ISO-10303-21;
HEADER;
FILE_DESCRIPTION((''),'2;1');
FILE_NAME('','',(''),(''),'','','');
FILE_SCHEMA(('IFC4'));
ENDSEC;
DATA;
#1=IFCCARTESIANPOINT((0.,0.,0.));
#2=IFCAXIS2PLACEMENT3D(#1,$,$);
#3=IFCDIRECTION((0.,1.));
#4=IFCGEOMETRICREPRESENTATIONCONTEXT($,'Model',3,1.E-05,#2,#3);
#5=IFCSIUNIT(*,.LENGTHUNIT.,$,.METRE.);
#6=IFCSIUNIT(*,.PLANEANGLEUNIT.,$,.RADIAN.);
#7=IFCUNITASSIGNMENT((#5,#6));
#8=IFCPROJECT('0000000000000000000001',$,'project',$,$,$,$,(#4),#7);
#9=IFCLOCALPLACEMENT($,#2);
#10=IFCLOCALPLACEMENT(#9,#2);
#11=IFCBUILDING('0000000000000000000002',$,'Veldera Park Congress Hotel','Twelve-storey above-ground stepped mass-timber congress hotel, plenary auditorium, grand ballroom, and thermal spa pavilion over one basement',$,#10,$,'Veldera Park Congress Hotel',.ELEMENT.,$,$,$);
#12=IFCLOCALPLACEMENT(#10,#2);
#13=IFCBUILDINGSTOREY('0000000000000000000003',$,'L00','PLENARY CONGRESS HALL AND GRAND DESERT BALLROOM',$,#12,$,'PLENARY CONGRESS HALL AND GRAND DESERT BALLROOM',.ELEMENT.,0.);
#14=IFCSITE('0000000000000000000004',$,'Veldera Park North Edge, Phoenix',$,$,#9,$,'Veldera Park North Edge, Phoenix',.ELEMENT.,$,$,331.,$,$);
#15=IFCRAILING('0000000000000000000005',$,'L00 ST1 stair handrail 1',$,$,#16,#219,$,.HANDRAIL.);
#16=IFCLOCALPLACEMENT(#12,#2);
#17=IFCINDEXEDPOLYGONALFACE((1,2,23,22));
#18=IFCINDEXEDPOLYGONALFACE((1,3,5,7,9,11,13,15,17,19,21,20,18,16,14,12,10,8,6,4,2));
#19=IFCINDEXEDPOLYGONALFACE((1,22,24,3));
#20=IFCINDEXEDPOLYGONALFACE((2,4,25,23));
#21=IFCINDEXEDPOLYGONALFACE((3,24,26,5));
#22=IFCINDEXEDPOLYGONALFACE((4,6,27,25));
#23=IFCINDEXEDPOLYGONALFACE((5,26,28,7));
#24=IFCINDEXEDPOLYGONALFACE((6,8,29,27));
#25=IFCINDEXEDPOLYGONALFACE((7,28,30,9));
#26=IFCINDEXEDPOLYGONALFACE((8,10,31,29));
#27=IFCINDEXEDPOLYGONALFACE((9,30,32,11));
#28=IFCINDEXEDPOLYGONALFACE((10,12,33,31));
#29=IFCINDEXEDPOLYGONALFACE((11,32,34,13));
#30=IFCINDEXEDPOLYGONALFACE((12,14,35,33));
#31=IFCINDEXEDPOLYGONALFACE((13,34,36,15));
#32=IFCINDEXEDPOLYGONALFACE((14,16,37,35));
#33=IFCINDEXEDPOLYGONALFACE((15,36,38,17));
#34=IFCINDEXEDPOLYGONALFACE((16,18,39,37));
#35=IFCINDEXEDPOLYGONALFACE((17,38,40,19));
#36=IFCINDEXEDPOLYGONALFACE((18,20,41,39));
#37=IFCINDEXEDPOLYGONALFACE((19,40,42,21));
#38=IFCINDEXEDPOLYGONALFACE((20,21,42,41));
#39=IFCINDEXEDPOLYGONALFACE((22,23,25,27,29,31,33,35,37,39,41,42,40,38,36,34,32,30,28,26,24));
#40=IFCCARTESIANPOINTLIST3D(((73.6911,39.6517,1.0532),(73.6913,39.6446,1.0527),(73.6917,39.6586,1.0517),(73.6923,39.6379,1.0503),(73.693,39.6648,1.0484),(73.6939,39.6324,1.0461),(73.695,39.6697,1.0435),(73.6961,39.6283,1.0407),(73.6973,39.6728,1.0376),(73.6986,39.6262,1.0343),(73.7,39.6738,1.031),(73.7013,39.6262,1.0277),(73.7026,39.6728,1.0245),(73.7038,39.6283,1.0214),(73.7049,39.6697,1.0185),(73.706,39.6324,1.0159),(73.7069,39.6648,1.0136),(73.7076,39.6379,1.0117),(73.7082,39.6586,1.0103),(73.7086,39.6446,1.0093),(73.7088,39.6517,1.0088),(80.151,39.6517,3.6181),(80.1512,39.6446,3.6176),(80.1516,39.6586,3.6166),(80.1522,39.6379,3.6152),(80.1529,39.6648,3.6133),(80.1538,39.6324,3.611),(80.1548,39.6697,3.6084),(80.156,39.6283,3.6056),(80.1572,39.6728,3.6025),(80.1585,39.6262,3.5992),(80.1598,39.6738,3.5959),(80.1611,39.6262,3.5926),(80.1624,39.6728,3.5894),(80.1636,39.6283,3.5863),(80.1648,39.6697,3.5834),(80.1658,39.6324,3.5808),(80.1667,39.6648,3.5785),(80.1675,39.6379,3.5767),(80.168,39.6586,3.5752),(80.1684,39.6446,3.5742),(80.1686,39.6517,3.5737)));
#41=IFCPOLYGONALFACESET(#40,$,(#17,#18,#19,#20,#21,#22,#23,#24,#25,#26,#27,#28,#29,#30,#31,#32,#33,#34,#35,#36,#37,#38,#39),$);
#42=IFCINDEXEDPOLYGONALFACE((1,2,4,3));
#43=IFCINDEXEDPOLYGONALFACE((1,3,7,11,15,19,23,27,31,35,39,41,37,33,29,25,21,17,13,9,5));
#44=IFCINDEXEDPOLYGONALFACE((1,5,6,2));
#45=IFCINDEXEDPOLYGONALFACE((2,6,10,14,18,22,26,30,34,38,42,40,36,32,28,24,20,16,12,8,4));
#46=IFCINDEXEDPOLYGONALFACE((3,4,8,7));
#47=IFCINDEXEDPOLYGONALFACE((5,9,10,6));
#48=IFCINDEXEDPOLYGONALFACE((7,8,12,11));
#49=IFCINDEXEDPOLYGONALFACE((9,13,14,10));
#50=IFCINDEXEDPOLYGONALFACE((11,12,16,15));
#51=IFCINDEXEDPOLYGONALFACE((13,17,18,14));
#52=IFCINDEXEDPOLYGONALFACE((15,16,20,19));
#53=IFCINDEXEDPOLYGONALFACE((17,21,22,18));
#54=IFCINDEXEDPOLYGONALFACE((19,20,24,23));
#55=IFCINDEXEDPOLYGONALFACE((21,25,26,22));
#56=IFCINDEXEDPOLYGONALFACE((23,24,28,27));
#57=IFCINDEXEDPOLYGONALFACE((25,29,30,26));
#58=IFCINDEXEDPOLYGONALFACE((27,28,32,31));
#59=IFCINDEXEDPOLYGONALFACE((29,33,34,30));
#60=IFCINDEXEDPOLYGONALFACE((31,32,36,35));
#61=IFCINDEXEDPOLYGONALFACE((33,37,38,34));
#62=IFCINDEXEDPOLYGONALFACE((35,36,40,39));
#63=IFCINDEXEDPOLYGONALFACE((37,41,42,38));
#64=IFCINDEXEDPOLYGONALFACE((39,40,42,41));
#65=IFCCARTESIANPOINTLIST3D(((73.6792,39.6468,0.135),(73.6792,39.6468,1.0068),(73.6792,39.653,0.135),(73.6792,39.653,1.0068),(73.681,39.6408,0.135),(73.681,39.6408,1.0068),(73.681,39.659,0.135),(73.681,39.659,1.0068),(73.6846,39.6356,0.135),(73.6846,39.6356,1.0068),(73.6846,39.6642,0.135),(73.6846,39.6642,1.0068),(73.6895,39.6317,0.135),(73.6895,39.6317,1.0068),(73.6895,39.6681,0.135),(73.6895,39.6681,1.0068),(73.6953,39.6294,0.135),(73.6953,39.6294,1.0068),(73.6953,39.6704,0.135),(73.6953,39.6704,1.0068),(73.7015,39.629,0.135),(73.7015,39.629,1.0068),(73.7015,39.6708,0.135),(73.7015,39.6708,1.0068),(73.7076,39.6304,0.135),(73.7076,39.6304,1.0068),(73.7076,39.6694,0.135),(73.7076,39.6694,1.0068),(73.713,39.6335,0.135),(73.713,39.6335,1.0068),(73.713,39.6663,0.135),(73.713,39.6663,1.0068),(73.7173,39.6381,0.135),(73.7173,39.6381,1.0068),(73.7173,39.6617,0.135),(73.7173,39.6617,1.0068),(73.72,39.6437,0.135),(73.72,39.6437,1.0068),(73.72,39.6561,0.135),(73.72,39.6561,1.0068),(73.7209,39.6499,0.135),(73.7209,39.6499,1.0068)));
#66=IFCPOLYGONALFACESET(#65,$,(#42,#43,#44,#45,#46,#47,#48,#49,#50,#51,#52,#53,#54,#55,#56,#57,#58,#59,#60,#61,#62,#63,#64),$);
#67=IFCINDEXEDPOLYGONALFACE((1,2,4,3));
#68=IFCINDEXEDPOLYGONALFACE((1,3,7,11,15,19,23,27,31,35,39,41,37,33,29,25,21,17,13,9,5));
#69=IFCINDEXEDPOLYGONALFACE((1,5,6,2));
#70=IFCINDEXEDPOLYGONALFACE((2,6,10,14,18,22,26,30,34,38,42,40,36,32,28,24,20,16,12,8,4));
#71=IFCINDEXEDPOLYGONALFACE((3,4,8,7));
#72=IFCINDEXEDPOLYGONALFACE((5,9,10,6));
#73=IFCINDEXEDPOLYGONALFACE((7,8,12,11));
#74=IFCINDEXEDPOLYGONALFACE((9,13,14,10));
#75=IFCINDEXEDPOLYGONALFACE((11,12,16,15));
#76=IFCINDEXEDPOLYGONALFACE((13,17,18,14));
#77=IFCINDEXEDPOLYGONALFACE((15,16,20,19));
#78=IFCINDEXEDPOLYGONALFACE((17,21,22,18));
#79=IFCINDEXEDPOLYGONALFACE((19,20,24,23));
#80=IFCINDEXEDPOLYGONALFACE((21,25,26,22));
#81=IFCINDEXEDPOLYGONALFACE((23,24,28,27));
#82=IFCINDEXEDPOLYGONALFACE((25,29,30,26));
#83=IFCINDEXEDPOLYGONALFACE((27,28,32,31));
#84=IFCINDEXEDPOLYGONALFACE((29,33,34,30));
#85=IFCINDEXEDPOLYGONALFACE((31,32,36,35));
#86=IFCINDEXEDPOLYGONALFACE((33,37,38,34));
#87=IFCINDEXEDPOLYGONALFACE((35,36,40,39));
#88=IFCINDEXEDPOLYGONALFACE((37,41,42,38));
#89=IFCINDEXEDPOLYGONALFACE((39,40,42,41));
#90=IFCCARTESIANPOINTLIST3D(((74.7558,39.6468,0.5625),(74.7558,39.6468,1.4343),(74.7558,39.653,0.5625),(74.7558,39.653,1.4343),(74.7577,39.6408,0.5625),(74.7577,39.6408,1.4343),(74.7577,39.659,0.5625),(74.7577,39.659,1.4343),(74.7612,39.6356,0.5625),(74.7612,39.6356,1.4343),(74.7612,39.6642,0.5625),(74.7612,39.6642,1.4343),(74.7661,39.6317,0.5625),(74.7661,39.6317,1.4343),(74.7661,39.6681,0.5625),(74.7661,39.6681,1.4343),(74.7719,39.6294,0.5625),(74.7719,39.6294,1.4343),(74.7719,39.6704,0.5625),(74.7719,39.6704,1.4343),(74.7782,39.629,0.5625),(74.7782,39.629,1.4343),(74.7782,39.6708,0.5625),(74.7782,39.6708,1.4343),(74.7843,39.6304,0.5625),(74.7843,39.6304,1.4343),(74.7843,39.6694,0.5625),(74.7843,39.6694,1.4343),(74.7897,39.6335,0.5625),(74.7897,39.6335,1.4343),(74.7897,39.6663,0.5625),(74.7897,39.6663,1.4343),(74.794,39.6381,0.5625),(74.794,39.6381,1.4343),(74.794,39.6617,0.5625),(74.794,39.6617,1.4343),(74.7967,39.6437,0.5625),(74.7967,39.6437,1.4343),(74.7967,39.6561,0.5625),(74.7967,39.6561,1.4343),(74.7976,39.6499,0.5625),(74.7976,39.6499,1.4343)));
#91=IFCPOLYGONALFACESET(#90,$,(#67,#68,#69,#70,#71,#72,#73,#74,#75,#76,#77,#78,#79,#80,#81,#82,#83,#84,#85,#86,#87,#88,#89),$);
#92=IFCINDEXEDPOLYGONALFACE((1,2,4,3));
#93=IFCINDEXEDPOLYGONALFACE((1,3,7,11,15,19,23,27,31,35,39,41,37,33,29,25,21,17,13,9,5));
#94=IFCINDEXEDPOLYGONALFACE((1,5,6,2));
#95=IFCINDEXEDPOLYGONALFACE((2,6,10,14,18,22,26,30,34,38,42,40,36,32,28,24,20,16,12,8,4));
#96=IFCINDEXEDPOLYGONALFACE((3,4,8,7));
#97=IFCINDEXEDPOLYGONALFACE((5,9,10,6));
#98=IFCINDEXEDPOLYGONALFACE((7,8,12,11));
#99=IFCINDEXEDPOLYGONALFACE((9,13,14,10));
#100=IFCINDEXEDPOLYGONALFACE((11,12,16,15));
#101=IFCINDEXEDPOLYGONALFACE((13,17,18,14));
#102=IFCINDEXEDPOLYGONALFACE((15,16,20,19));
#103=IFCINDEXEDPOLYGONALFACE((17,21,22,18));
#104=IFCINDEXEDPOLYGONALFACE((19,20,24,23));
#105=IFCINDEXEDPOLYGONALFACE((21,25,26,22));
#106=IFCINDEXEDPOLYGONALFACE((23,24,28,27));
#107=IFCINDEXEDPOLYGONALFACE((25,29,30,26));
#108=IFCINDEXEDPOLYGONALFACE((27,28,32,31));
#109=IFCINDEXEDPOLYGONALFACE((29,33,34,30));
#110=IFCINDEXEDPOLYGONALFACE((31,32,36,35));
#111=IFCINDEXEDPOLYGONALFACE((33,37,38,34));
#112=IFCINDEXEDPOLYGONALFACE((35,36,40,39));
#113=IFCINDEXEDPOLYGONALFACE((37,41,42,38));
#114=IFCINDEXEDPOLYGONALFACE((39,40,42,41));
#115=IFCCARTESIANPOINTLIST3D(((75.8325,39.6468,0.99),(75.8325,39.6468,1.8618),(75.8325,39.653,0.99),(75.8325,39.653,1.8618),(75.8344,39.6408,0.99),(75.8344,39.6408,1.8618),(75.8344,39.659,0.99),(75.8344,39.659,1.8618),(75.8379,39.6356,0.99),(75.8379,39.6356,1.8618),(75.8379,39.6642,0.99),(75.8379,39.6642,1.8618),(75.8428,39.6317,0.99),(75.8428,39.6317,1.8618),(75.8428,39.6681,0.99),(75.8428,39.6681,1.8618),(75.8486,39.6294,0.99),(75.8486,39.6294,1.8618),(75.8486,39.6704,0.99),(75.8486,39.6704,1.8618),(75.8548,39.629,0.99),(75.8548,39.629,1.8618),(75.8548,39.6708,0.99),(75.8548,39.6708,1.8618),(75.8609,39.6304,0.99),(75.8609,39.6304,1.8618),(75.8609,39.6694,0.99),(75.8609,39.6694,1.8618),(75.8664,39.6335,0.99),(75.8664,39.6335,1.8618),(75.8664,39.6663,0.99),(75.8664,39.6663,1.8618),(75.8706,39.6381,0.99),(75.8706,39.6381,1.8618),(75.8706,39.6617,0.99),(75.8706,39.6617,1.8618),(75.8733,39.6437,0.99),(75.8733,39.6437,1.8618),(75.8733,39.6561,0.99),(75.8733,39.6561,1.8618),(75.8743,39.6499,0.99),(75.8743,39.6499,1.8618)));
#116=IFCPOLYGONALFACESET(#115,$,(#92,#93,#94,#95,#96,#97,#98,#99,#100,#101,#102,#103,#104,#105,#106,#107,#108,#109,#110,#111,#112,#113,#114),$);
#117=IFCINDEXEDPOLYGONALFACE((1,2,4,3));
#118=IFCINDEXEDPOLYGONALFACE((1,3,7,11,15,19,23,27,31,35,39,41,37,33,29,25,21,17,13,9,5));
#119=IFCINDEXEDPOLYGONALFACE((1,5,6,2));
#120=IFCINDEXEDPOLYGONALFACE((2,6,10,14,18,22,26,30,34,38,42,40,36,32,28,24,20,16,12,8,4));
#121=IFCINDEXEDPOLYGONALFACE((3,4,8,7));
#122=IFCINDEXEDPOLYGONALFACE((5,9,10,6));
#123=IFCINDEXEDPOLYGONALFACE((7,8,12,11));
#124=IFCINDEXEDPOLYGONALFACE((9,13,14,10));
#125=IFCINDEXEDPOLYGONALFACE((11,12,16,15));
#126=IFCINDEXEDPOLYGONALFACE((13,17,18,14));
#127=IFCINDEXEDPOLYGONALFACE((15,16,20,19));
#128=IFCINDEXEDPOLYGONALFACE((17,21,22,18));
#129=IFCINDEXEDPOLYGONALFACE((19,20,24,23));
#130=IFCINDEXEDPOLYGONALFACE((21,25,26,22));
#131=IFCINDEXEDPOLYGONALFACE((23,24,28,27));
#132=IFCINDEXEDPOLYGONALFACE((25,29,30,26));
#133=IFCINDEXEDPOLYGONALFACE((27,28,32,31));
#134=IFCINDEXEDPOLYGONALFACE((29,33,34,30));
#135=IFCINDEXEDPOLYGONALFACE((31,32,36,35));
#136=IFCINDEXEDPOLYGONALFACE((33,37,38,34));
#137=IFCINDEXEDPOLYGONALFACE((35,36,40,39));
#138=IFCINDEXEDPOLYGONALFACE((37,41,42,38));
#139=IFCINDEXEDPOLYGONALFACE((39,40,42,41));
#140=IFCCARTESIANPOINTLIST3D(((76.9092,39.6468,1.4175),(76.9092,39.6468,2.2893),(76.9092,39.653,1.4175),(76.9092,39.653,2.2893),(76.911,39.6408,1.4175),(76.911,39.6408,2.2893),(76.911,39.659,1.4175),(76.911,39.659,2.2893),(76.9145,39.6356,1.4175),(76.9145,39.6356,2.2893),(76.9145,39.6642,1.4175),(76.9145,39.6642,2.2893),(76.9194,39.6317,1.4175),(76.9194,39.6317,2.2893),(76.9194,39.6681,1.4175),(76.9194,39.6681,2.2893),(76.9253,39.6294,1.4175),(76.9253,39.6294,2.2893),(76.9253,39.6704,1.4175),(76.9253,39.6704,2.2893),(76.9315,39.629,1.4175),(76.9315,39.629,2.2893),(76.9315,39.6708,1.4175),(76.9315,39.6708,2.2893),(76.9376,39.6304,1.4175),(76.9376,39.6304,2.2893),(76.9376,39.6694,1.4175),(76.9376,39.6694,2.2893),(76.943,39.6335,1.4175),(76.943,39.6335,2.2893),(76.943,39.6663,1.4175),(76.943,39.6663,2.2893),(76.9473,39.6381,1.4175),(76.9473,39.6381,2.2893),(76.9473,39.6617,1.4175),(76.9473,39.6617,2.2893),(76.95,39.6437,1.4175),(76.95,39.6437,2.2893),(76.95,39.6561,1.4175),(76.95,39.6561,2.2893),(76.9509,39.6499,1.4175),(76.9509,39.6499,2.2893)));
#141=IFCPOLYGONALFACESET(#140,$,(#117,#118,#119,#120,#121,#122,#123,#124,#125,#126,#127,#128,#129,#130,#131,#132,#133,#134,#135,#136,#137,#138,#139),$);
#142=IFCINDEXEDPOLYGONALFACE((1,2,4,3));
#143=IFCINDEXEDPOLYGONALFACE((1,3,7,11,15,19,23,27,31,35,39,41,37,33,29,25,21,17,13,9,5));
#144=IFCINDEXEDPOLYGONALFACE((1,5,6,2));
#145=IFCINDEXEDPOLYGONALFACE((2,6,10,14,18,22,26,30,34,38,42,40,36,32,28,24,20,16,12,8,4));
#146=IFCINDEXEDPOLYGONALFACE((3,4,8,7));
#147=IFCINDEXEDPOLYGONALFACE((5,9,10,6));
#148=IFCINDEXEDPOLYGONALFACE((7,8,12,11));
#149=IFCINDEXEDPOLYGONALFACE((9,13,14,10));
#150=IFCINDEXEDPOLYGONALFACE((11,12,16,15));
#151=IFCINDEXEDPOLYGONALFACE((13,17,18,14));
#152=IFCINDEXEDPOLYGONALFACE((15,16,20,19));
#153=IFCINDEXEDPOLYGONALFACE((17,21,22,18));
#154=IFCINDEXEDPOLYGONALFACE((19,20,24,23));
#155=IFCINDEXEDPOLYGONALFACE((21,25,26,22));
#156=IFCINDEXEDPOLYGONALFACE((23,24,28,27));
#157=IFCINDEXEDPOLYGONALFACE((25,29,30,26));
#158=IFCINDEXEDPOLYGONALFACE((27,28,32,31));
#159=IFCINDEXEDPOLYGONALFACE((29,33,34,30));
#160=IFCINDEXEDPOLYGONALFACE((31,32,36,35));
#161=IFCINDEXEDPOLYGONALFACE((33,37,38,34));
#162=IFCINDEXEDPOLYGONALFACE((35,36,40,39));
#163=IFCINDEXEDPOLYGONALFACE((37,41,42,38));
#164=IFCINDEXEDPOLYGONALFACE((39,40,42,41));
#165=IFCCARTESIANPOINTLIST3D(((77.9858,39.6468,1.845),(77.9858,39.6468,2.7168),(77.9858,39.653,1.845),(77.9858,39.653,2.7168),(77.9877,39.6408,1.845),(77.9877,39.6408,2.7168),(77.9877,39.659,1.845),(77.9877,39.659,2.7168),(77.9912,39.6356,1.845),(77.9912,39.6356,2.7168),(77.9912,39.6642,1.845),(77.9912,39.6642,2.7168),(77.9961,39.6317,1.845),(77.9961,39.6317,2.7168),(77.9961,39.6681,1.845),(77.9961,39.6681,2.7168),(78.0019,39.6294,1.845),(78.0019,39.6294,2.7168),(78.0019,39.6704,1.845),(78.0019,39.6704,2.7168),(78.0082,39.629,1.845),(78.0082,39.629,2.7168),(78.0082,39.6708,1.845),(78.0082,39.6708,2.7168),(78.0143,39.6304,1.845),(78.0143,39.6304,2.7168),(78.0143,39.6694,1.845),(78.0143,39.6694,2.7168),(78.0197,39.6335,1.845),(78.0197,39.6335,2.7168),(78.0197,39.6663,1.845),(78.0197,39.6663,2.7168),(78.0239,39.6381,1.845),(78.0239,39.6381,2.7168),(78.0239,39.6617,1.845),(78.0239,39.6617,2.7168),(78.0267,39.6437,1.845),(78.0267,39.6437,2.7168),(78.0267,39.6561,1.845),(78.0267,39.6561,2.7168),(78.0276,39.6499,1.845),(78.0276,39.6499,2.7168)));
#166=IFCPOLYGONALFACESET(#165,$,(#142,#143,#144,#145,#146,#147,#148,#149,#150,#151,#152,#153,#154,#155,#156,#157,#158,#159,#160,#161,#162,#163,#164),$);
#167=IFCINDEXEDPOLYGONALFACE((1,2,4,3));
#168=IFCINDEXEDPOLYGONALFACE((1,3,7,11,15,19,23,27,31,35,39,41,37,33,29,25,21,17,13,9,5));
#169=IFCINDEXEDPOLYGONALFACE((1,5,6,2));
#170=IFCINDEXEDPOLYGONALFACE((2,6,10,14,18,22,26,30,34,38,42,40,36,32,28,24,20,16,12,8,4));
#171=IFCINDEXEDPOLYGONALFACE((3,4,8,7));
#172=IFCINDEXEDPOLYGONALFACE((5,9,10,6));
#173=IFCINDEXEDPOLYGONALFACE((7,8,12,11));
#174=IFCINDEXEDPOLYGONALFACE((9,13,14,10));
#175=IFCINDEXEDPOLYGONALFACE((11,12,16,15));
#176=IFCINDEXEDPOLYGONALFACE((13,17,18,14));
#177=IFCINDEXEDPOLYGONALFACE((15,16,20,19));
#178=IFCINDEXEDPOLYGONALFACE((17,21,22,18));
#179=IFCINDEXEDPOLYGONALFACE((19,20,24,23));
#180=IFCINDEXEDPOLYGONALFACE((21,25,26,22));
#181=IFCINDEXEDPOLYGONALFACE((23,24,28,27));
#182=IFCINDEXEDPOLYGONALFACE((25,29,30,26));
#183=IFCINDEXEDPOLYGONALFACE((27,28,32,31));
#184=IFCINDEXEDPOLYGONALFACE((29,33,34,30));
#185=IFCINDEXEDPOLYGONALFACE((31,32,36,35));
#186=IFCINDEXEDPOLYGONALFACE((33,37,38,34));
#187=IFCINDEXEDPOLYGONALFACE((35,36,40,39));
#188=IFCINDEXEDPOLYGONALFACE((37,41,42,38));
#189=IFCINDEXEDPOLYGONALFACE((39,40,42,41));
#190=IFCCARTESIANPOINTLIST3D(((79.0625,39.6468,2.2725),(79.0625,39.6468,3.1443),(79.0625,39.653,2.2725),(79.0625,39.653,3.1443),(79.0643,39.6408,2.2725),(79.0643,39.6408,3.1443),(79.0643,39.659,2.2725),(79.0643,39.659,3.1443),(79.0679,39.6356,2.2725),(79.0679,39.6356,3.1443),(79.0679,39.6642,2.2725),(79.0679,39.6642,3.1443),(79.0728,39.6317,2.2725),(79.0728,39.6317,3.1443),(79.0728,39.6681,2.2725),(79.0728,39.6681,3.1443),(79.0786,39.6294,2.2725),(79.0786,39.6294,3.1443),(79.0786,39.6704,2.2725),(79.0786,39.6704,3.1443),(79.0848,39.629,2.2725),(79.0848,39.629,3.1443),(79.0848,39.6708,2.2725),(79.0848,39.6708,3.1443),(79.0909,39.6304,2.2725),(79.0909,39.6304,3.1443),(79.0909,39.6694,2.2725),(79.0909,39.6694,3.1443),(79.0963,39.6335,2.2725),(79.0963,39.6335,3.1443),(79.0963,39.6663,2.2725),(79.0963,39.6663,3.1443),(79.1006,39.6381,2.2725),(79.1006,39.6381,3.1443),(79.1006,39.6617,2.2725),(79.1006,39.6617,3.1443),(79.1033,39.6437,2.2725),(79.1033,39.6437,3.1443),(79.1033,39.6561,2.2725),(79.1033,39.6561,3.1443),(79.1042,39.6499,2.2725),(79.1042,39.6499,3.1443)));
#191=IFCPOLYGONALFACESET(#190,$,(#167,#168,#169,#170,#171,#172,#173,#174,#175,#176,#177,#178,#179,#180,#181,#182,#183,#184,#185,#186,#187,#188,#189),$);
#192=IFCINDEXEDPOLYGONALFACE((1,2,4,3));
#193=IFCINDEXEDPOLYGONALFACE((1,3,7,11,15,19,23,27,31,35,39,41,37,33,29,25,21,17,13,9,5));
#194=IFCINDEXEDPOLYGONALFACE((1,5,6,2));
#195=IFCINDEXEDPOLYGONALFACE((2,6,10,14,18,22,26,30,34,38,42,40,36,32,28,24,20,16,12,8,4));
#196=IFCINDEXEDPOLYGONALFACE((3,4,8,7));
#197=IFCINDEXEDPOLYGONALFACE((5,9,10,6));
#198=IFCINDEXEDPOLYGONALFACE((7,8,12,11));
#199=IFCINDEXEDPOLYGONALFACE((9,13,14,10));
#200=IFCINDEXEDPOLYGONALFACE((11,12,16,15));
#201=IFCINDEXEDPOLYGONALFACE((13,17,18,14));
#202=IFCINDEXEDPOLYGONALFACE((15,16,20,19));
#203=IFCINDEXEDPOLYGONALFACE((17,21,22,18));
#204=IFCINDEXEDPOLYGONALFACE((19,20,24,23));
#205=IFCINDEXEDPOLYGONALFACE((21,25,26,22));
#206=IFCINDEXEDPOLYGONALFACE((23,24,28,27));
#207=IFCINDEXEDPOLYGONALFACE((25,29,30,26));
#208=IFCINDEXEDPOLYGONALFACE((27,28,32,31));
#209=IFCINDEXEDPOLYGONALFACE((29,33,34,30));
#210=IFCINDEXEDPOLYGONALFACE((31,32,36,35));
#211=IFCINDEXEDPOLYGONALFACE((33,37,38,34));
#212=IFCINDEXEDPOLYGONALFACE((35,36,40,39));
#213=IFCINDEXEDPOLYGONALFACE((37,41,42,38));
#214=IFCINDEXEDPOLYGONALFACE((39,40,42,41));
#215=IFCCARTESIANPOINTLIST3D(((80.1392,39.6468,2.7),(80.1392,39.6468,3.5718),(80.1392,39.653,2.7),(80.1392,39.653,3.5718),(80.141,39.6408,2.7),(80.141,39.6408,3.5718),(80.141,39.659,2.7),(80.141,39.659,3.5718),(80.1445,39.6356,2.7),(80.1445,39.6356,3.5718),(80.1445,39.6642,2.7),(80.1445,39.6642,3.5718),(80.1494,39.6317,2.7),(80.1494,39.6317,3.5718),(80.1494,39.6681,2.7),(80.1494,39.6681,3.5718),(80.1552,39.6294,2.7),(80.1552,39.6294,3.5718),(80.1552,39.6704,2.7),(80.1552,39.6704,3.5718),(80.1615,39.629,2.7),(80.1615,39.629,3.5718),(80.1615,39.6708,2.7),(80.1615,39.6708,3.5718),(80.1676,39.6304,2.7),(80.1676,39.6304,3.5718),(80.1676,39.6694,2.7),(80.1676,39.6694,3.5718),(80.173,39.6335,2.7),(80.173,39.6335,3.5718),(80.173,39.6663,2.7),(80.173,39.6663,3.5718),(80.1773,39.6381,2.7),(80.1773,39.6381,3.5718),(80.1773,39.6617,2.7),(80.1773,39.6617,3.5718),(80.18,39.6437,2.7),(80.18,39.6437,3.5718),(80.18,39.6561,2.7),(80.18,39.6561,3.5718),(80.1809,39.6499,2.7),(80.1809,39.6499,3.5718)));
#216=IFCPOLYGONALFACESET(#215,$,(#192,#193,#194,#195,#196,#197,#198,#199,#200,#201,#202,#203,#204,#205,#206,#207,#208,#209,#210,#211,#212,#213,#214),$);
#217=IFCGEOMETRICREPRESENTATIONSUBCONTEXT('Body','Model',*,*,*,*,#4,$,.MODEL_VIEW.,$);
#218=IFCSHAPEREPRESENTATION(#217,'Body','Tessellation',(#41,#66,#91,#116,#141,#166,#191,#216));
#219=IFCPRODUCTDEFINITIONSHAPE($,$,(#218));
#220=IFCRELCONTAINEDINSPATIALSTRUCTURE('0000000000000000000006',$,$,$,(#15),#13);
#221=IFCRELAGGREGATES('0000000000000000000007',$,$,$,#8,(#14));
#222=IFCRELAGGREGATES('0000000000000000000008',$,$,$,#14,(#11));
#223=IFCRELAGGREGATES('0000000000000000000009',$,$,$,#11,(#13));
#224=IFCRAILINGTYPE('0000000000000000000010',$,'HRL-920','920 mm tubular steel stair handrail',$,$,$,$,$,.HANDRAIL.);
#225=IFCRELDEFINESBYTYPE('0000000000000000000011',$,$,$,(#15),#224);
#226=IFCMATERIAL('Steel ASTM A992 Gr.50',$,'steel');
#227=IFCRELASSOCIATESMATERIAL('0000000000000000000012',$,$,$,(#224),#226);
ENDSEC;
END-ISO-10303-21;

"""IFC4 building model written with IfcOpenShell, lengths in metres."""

from ifc_helpers import new_model, si_unit, direction, frame, origin, origin_2d, place, context, subcontext, project, spatial, circle, extrude, material, type_object, element, save


model = new_model("IFC4")

# Units and contexts
model_context = context("Model", 3, precision=1e-05, world=origin(), true_north=direction((0.0, 1.0)))
body_context = subcontext(model_context, "Body", "Model", "MODEL_VIEW")
ifc_project = project(units=[si_unit("LENGTHUNIT", "METRE"), si_unit("PLANEANGLEUNIT", "RADIAN")], contexts=[model_context])

# Site, building, storey
site_placement = place(None, origin())
site = spatial("IfcSite", under=ifc_project, at=site_placement, Name="Veldera Park North Edge, Phoenix", LongName="Veldera Park North Edge, Phoenix", CompositionType="ELEMENT", RefElevation=331.0)
building_placement = place(site_placement, origin())
building = spatial("IfcBuilding", under=site, at=building_placement, Name="Veldera Park Congress Hotel", Description="Twelve-storey above-ground stepped mass-timber congress hotel, plenary auditorium, grand ballroom, and thermal spa pavilion over one basement", LongName="Veldera Park Congress Hotel", CompositionType="ELEMENT")
storey_placement = place(building_placement, origin())
storey = spatial("IfcBuildingStorey", under=building, at=storey_placement, Name="L00", Description="PLENARY CONGRESS HALL AND GRAND DESERT BALLROOM", LongName="PLENARY CONGRESS HALL AND GRAND DESERT BALLROOM", CompositionType="ELEMENT", Elevation=0.0)

# Railing
ifc_material_1 = material(Name="Steel ASTM A992 Gr.50", Category="steel")
railing_type_1 = type_object("IfcRailingType", Name="HRL-920", Description="920 mm tubular steel stair handrail", PredefinedType="HANDRAIL", material=ifc_material_1)
railing_1_placement = place(storey_placement, frame((73.7, 39.6499, 0.135)))
element("IfcRailing", 1, at=railing_1_placement, inside=storey, type_object=railing_type_1, Name="L00 ST1 stair handrail 1", PredefinedType="HANDRAIL", context=body_context, shape_type="SweptSolid", body=[
    extrude(circle(Radius=0.0239, at=origin_2d()), frame((0.0, 0.0, 0.896), z_axis=(0.929418, 0.0, 0.369028), x_axis=(0.0, 1.0, 0.0)), (0.0, 0.0, 1.0), 6.9504),
    extrude(circle(Radius=0.021, at=origin_2d()), origin(), (0.0, 0.0, 1.0), 0.8718),
    extrude(circle(Radius=0.021, at=origin_2d()), frame((1.0767, 0.0, 0.4275)), (0.0, 0.0, 1.0), 0.8718),
    extrude(circle(Radius=0.021, at=origin_2d()), frame((2.1533, 0.0, 0.855)), (0.0, 0.0, 1.0), 0.8718),
    extrude(circle(Radius=0.021, at=origin_2d()), frame((3.23, 0.0, 1.2825)), (0.0, 0.0, 1.0), 0.8718),
    extrude(circle(Radius=0.021, at=origin_2d()), frame((4.3066, 0.0, 1.71)), (0.0, 0.0, 1.0), 0.8718),
    extrude(circle(Radius=0.021, at=origin_2d()), frame((5.3833, 0.0, 2.1375)), (0.0, 0.0, 1.0), 0.8718),
    extrude(circle(Radius=0.021, at=origin_2d()), frame((6.46, 0.0, 2.5649)), (0.0, 0.0, 1.0), 0.8718),
])

save(model, "model.ifc")
